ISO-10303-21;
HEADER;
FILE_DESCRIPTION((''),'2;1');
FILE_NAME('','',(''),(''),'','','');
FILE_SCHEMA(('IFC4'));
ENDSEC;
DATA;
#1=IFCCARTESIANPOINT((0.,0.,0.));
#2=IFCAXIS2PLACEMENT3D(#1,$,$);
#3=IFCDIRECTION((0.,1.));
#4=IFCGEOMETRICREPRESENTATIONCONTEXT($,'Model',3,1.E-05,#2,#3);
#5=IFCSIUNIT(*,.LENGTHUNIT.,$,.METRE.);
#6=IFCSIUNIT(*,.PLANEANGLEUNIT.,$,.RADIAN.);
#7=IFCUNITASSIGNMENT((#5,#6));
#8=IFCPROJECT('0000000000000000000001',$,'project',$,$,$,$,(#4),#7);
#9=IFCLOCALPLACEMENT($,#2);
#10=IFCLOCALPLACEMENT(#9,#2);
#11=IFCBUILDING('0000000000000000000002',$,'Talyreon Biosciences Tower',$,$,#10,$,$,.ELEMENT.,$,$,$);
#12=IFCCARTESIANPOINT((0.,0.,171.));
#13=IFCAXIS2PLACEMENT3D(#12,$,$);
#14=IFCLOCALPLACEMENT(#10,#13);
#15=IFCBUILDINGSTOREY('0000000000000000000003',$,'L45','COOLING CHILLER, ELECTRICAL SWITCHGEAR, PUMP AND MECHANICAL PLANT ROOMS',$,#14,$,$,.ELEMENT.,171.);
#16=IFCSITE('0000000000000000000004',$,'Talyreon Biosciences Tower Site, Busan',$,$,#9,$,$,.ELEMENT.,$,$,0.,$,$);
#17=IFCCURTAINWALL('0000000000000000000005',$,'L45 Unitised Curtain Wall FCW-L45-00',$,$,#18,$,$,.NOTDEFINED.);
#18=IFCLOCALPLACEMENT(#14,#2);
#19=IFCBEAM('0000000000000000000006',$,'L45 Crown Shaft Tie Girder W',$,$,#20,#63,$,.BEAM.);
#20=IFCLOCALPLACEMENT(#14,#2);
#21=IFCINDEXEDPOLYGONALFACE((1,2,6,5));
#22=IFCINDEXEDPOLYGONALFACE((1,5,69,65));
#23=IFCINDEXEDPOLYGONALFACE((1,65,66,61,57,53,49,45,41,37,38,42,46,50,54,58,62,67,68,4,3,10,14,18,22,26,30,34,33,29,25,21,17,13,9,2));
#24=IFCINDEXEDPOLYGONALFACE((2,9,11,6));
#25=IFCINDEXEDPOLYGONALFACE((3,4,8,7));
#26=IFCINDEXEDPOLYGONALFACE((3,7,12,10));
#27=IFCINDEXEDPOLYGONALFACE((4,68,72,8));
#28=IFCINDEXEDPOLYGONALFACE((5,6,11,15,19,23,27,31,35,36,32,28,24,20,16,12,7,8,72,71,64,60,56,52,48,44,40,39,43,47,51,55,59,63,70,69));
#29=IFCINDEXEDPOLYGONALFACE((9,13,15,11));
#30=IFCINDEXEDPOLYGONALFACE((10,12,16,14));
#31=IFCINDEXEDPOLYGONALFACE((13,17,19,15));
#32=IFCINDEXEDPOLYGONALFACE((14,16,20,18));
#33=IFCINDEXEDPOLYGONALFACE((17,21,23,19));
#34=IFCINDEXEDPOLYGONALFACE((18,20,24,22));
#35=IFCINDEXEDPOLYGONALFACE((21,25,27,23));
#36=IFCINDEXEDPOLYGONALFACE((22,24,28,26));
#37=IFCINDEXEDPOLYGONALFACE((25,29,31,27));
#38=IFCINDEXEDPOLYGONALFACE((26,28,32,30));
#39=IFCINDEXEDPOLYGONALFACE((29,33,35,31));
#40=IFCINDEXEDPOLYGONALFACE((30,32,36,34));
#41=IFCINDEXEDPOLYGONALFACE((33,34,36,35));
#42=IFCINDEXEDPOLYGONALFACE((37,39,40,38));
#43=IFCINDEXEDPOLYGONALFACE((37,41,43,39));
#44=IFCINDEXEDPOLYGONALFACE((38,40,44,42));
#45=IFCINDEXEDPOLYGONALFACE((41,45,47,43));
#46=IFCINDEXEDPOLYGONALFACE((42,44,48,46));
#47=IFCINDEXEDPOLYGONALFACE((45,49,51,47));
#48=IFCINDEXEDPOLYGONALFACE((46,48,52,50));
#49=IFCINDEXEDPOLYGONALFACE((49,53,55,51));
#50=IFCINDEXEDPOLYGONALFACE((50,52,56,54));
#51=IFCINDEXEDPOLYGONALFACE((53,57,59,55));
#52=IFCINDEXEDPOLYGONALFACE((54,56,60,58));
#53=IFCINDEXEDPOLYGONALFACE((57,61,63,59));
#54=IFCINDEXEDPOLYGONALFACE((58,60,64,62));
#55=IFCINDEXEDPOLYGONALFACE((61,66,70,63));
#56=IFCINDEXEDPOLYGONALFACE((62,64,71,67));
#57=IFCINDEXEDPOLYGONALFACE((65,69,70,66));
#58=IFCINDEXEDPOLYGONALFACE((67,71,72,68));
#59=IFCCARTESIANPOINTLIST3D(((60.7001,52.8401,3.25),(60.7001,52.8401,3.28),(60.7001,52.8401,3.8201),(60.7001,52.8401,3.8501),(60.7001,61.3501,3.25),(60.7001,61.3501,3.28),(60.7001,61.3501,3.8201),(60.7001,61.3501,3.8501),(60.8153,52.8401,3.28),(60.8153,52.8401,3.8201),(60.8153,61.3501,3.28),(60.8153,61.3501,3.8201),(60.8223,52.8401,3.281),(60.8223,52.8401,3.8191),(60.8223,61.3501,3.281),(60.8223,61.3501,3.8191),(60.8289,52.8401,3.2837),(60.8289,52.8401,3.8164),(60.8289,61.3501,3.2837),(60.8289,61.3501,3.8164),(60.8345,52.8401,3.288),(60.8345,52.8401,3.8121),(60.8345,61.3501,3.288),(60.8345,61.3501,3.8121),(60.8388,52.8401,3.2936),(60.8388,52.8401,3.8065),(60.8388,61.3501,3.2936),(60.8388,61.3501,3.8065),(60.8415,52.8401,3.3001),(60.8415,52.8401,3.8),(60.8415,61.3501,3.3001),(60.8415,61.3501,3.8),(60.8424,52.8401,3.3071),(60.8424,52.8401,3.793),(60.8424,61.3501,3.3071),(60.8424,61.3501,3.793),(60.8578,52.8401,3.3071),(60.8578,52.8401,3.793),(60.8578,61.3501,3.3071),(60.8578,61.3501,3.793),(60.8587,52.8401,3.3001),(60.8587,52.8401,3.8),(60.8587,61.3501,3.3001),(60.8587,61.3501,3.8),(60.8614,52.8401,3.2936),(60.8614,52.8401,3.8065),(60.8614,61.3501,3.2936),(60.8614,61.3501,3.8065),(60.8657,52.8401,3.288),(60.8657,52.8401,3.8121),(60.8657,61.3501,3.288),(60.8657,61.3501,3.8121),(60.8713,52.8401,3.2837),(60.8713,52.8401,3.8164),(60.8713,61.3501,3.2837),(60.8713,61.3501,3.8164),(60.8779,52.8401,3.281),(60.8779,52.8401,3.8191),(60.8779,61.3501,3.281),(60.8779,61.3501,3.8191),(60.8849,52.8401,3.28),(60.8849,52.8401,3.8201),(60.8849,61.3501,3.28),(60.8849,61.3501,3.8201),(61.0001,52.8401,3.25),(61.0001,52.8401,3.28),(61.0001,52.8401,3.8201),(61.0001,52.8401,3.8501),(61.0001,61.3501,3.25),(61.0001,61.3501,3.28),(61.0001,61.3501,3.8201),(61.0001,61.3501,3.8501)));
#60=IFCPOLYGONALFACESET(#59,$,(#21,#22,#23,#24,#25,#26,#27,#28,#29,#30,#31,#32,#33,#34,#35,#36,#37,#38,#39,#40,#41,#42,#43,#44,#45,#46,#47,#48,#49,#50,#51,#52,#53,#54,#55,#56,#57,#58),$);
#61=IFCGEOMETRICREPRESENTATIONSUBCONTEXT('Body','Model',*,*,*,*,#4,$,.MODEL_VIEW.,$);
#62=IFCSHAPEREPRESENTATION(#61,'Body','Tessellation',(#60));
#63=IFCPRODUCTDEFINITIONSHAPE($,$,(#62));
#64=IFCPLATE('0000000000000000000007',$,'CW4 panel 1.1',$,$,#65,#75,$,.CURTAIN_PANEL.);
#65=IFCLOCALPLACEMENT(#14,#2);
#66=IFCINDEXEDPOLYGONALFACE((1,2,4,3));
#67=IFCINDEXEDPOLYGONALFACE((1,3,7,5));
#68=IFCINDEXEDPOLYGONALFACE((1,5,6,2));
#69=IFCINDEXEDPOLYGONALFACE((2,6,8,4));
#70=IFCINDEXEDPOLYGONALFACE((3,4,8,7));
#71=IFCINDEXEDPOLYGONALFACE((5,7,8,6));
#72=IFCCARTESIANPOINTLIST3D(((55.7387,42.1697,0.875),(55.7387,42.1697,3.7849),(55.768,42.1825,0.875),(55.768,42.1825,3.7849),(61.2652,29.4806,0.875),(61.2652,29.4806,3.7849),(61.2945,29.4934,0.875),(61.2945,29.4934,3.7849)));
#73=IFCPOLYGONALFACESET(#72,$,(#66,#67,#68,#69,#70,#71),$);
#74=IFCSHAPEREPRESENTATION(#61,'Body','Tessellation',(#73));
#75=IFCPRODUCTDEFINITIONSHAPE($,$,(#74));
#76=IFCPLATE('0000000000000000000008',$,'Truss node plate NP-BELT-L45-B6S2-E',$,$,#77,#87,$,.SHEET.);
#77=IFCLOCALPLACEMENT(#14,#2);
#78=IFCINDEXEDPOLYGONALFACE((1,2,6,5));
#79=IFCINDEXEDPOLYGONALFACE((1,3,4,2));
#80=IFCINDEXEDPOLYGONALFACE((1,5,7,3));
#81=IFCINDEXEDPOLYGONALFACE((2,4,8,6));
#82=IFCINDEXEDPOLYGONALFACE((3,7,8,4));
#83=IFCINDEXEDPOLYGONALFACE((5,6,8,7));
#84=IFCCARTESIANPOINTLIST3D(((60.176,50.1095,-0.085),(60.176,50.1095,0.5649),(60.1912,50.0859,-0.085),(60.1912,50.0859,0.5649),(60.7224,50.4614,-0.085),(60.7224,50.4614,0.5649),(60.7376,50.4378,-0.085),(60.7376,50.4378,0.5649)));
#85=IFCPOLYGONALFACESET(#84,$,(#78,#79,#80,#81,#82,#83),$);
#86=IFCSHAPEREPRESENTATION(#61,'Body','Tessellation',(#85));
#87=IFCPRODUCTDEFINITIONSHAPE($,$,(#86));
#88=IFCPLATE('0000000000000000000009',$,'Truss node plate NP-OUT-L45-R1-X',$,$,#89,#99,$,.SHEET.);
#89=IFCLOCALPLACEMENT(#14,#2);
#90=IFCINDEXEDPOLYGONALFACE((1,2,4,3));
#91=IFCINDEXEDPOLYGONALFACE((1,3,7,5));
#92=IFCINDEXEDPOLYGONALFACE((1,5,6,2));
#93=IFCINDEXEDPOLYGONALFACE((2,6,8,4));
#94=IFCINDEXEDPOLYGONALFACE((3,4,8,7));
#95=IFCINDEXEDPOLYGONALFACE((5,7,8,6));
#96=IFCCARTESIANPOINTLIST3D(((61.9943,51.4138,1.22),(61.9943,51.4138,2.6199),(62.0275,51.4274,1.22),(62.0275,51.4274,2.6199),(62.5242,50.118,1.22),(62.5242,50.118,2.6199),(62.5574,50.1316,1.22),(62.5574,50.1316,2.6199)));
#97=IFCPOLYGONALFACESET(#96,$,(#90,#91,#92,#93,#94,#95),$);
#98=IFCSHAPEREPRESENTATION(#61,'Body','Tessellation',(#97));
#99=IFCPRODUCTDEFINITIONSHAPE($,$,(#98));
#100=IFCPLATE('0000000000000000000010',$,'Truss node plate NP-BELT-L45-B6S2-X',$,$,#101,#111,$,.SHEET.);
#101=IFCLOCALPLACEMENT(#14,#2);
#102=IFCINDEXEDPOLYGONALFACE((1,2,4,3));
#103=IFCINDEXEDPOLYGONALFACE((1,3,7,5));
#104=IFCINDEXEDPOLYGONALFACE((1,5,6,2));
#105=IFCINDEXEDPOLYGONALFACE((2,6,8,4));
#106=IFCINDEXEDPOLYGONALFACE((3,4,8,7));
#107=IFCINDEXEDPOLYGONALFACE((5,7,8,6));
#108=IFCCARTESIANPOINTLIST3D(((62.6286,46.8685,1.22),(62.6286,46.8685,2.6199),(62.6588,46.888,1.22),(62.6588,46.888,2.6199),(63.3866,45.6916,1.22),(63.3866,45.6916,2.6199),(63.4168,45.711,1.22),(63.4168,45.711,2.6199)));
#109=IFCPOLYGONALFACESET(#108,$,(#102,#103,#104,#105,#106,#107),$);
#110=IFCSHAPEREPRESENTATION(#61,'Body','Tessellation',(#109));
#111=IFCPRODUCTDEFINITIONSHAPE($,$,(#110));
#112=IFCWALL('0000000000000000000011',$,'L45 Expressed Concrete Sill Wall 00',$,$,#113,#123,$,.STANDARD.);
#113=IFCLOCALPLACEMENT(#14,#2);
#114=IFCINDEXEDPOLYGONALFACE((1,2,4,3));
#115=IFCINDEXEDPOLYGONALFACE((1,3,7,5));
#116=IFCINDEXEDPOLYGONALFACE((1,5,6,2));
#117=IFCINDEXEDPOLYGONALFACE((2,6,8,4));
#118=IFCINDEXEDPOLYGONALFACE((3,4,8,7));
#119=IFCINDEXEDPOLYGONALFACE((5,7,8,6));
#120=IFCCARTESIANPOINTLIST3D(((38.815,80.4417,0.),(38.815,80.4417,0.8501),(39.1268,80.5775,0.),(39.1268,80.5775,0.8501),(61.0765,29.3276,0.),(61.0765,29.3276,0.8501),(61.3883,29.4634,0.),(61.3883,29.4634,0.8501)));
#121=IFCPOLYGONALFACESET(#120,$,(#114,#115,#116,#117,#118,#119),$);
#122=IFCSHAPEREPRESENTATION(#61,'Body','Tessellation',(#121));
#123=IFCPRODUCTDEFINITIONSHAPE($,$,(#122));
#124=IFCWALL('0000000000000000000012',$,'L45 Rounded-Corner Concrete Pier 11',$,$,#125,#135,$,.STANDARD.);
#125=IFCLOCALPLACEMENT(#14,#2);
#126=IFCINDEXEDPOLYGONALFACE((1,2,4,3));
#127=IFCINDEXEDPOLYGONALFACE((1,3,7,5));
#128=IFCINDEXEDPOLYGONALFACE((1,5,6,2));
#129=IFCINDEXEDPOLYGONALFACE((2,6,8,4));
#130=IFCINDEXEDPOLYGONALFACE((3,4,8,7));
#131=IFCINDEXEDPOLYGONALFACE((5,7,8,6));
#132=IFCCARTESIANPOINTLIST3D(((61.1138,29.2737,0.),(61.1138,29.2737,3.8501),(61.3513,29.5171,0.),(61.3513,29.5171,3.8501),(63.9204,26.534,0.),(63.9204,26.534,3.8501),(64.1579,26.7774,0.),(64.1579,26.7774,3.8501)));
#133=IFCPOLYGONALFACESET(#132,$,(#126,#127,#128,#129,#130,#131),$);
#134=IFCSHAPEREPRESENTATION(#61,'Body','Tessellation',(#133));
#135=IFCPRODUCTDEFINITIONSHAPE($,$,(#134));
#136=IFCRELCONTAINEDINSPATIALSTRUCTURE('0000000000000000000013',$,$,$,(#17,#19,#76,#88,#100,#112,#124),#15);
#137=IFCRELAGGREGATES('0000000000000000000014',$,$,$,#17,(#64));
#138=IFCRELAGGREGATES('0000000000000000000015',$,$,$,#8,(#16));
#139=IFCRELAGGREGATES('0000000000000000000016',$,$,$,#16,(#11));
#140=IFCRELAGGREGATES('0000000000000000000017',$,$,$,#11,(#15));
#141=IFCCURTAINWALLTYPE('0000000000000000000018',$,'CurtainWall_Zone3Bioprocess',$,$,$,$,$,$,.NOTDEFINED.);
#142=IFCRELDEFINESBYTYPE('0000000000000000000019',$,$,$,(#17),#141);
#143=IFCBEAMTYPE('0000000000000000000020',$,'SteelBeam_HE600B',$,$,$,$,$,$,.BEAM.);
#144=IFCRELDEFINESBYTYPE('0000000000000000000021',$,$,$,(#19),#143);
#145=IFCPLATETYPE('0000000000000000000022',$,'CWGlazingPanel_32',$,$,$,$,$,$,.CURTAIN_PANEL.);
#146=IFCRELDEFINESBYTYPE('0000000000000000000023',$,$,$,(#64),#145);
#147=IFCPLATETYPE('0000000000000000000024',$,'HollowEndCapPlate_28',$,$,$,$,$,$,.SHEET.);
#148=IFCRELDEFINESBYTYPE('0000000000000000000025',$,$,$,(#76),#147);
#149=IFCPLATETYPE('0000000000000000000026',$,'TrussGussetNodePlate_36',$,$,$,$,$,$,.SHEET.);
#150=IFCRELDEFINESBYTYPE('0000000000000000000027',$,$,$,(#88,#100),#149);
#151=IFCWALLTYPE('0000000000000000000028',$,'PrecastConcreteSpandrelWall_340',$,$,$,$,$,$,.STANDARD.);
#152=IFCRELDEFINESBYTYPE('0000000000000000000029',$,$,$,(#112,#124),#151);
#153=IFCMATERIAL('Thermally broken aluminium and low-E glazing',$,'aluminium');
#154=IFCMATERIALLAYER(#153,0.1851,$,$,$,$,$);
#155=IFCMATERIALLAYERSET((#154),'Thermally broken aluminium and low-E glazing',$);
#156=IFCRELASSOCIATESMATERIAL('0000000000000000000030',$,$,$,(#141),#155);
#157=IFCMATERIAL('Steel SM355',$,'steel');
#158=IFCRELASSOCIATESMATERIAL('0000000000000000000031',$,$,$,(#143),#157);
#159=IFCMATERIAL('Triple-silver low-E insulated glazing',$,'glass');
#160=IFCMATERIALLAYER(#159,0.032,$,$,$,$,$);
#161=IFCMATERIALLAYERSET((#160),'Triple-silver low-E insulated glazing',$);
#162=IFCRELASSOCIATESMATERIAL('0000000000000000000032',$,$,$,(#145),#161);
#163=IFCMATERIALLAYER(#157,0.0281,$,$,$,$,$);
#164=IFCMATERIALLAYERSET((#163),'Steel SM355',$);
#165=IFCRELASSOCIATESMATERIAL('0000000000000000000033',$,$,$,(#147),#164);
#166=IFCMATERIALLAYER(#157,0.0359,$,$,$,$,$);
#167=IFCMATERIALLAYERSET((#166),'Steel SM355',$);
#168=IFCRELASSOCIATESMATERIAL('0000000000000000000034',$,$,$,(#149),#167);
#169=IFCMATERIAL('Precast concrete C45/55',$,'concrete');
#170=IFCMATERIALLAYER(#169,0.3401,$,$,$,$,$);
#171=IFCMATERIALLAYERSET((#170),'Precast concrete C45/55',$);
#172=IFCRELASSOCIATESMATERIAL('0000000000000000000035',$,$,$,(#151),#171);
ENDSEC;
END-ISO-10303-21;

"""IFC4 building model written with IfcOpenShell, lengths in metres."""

from ifc_helpers import new_model, si_unit, direction, frame, frame_2d, origin, origin_2d, place, context, subcontext, project, spatial, rectangle, i_section, extrude, material, layer, layer_set, material_profile, profile_set, type_object, element, aggregate, save


model = new_model("IFC4")

# Units and contexts
model_context = context("Model", 3, precision=1e-05, world=origin(), true_north=direction((0.0, 1.0)))
body_context = subcontext(model_context, "Body", "Model", "MODEL_VIEW")
ifc_project = project(units=[si_unit("LENGTHUNIT", "METRE"), si_unit("PLANEANGLEUNIT", "RADIAN")], contexts=[model_context])

# Site, building, storey
site_placement = place(None, origin())
site = spatial("IfcSite", under=ifc_project, at=site_placement, Name="Talyreon Biosciences Tower Site, Busan", CompositionType="ELEMENT", RefElevation=0.0)
building_placement = place(site_placement, origin())
building = spatial("IfcBuilding", under=site, at=building_placement, Name="Talyreon Biosciences Tower", CompositionType="ELEMENT")
storey_placement = place(building_placement, frame((0.0, 0.0, 171.0)))
storey = spatial("IfcBuildingStorey", under=building, at=storey_placement, Name="L45", Description="COOLING CHILLER, ELECTRICAL SWITCHGEAR, PUMP AND MECHANICAL PLANT ROOMS", CompositionType="ELEMENT", Elevation=171.0)

# Shared definitions
ifc_material_1 = material(Name="Steel SM355", Category="steel")

# Curtain wall
ifc_material_2 = material(Name="Thermally broken aluminium and low-E glazing", Category="aluminium")
ifc_layer_1 = layer(ifc_material_2, 0.1851)
ifc_layer_set_1 = layer_set([ifc_layer_1], Name="Thermally broken aluminium and low-E glazing")
curtain_wall_type = type_object("IfcCurtainWallType", Name="CurtainWall_Zone3Bioprocess", PredefinedType="NOTDEFINED", material=ifc_layer_set_1)
curtain_wall_placement = place(storey_placement, origin())
curtain_wall = element("IfcCurtainWall", 1, at=curtain_wall_placement, inside=storey, type_object=curtain_wall_type, Name="L45 Unitised Curtain Wall FCW-L45-00", PredefinedType="NOTDEFINED")

# Beam
ifc_material_profile_1 = material_profile(ifc_material_1, i_section(OverallWidth=0.3, OverallDepth=0.6001, WebThickness=0.0154, FlangeThickness=0.03, FilletRadius=0.0271, at=origin_2d()), Name="HE600B")
ifc_profile_set_1 = profile_set([ifc_material_profile_1], Name="Steel SM355")
beam_type = type_object("IfcBeamType", Name="SteelBeam_HE600B", PredefinedType="BEAM", material=ifc_profile_set_1)
beam_1_placement = place(storey_placement, frame((60.8501, 52.8401, 3.55), z_axis=(0.0, 1.0, 0.0), x_axis=(-1.0, 0.0, 0.0)))
element("IfcBeam", 2, at=beam_1_placement, inside=storey, type_object=beam_type, Name="L45 Crown Shaft Tie Girder W", PredefinedType="BEAM", context=body_context, shape_type="SweptSolid", body=[
    extrude(i_section(OverallWidth=0.3, OverallDepth=0.6001, WebThickness=0.0154, FlangeThickness=0.03, FilletRadius=0.0271, at=origin_2d()), origin(), (0.0, 0.0, 1.0), 8.51),
])

# Plate
ifc_material_3 = material(Name="Triple-silver low-E insulated glazing", Category="glass")
ifc_layer_2 = layer(ifc_material_3, 0.032)
ifc_layer_set_2 = layer_set([ifc_layer_2], Name="Triple-silver low-E insulated glazing")
plate_type_1 = type_object("IfcPlateType", Name="CWGlazingPanel_32", PredefinedType="CURTAIN_PANEL", material=ifc_layer_set_2)
plate_1_placement = place(storey_placement, frame((58.5166, 35.8315, 0.875), z_axis=(0.0, 0.0, 1.0), x_axis=(-0.3993, 0.91682, 0.0)))
plate_1 = element("IfcPlate", 3, at=plate_1_placement, type_object=plate_type_1, Name="CW4 panel 1.1", PredefinedType="CURTAIN_PANEL", context=body_context, shape_type="SweptSolid", body=[
    extrude(rectangle(XDim=13.8403, YDim=0.032, at=origin_2d()), origin(), (0.0, 0.0, 1.0), 2.9099),
])
aggregate(curtain_wall, [plate_1])

# Plates
ifc_layer_3 = layer(ifc_material_1, 0.0281)
ifc_layer_set_3 = layer_set([ifc_layer_3], Name="Steel SM355")
plate_type_2 = type_object("IfcPlateType", Name="HollowEndCapPlate_28", PredefinedType="SHEET", material=ifc_layer_set_3)
plate_2_placement = place(storey_placement, frame((60.4568, 50.2737, -0.085), z_axis=(0.0, 0.0, 1.0), x_axis=(0.840727, 0.541459, 0.0)))
element("IfcPlate", 4, at=plate_2_placement, inside=storey, type_object=plate_type_2, Name="Truss node plate NP-BELT-L45-B6S2-E", PredefinedType="SHEET", context=body_context, shape_type="SweptSolid", body=[
    extrude(rectangle(XDim=0.6499, YDim=0.0281, at=origin_2d()), origin(), (0.0, 0.0, 1.0), 0.6499),
])
ifc_layer_4 = layer(ifc_material_1, 0.0359)
ifc_layer_set_4 = layer_set([ifc_layer_4], Name="Steel SM355")
plate_type_3 = type_object("IfcPlateType", Name="TrussGussetNodePlate_36", PredefinedType="SHEET", material=ifc_layer_set_4)
for number, where, z_axis, x_axis, name in (
    (5, (62.2759, 50.7727, 1.22), (0.0, 0.0, 1.0), (0.378536, -0.925587, 0.0), "Truss node plate NP-OUT-L45-R1-X"),
    (6, (63.0227, 46.2898, 1.22), (0.0, 0.0, 1.0), (0.541459, -0.840727, 0.0), "Truss node plate NP-BELT-L45-B6S2-X"),
):
    element("IfcPlate", number, at=place(storey_placement, frame(where, z_axis=z_axis, x_axis=x_axis)), inside=storey, type_object=plate_type_3, Name=name, PredefinedType="SHEET", context=body_context, shape_type="SweptSolid", body=[
        extrude(rectangle(XDim=1.3999, YDim=0.0359, at=origin_2d()), origin(), (0.0, 0.0, 1.0), 1.3999),
    ])

# Walls
ifc_material_4 = material(Name="Precast concrete C45/55", Category="concrete")
ifc_layer_5 = layer(ifc_material_4, 0.3401)
ifc_layer_set_5 = layer_set([ifc_layer_5], Name="Precast concrete C45/55")
wall_type = type_object("IfcWallType", Name="PrecastConcreteSpandrelWall_340", PredefinedType="STANDARD", material=ifc_layer_set_5)
wall_1_placement = place(storey_placement, frame((61.2324, 29.3955, 0.0), z_axis=(0.0, 0.0, 1.0), x_axis=(-0.399299, 0.916821, 0.0)))
element("IfcWall", 7, at=wall_1_placement, inside=storey, type_object=wall_type, Name="L45 Expressed Concrete Sill Wall 00", PredefinedType="STANDARD", context=body_context, shape_type="SweptSolid", body=[
    extrude(rectangle(XDim=55.7515, YDim=0.3401, at=frame_2d((27.8757, 0.0))), origin(), (0.0, 0.0, 1.0), 0.8501),
])
wall_2_placement = place(storey_placement, frame((64.0391, 26.6558, 0.0), z_axis=(0.0, 0.0, 1.0), x_axis=(-0.715583, 0.698528, 0.0)))
element("IfcWall", 8, at=wall_2_placement, inside=storey, type_object=wall_type, Name="L45 Rounded-Corner Concrete Pier 11", PredefinedType="STANDARD", context=body_context, shape_type="SweptSolid", body=[
    extrude(rectangle(XDim=3.9221, YDim=0.3401, at=frame_2d((1.9609, 0.0))), origin(), (0.0, 0.0, 1.0), 3.8501),
])

save(model, "model.ifc")
